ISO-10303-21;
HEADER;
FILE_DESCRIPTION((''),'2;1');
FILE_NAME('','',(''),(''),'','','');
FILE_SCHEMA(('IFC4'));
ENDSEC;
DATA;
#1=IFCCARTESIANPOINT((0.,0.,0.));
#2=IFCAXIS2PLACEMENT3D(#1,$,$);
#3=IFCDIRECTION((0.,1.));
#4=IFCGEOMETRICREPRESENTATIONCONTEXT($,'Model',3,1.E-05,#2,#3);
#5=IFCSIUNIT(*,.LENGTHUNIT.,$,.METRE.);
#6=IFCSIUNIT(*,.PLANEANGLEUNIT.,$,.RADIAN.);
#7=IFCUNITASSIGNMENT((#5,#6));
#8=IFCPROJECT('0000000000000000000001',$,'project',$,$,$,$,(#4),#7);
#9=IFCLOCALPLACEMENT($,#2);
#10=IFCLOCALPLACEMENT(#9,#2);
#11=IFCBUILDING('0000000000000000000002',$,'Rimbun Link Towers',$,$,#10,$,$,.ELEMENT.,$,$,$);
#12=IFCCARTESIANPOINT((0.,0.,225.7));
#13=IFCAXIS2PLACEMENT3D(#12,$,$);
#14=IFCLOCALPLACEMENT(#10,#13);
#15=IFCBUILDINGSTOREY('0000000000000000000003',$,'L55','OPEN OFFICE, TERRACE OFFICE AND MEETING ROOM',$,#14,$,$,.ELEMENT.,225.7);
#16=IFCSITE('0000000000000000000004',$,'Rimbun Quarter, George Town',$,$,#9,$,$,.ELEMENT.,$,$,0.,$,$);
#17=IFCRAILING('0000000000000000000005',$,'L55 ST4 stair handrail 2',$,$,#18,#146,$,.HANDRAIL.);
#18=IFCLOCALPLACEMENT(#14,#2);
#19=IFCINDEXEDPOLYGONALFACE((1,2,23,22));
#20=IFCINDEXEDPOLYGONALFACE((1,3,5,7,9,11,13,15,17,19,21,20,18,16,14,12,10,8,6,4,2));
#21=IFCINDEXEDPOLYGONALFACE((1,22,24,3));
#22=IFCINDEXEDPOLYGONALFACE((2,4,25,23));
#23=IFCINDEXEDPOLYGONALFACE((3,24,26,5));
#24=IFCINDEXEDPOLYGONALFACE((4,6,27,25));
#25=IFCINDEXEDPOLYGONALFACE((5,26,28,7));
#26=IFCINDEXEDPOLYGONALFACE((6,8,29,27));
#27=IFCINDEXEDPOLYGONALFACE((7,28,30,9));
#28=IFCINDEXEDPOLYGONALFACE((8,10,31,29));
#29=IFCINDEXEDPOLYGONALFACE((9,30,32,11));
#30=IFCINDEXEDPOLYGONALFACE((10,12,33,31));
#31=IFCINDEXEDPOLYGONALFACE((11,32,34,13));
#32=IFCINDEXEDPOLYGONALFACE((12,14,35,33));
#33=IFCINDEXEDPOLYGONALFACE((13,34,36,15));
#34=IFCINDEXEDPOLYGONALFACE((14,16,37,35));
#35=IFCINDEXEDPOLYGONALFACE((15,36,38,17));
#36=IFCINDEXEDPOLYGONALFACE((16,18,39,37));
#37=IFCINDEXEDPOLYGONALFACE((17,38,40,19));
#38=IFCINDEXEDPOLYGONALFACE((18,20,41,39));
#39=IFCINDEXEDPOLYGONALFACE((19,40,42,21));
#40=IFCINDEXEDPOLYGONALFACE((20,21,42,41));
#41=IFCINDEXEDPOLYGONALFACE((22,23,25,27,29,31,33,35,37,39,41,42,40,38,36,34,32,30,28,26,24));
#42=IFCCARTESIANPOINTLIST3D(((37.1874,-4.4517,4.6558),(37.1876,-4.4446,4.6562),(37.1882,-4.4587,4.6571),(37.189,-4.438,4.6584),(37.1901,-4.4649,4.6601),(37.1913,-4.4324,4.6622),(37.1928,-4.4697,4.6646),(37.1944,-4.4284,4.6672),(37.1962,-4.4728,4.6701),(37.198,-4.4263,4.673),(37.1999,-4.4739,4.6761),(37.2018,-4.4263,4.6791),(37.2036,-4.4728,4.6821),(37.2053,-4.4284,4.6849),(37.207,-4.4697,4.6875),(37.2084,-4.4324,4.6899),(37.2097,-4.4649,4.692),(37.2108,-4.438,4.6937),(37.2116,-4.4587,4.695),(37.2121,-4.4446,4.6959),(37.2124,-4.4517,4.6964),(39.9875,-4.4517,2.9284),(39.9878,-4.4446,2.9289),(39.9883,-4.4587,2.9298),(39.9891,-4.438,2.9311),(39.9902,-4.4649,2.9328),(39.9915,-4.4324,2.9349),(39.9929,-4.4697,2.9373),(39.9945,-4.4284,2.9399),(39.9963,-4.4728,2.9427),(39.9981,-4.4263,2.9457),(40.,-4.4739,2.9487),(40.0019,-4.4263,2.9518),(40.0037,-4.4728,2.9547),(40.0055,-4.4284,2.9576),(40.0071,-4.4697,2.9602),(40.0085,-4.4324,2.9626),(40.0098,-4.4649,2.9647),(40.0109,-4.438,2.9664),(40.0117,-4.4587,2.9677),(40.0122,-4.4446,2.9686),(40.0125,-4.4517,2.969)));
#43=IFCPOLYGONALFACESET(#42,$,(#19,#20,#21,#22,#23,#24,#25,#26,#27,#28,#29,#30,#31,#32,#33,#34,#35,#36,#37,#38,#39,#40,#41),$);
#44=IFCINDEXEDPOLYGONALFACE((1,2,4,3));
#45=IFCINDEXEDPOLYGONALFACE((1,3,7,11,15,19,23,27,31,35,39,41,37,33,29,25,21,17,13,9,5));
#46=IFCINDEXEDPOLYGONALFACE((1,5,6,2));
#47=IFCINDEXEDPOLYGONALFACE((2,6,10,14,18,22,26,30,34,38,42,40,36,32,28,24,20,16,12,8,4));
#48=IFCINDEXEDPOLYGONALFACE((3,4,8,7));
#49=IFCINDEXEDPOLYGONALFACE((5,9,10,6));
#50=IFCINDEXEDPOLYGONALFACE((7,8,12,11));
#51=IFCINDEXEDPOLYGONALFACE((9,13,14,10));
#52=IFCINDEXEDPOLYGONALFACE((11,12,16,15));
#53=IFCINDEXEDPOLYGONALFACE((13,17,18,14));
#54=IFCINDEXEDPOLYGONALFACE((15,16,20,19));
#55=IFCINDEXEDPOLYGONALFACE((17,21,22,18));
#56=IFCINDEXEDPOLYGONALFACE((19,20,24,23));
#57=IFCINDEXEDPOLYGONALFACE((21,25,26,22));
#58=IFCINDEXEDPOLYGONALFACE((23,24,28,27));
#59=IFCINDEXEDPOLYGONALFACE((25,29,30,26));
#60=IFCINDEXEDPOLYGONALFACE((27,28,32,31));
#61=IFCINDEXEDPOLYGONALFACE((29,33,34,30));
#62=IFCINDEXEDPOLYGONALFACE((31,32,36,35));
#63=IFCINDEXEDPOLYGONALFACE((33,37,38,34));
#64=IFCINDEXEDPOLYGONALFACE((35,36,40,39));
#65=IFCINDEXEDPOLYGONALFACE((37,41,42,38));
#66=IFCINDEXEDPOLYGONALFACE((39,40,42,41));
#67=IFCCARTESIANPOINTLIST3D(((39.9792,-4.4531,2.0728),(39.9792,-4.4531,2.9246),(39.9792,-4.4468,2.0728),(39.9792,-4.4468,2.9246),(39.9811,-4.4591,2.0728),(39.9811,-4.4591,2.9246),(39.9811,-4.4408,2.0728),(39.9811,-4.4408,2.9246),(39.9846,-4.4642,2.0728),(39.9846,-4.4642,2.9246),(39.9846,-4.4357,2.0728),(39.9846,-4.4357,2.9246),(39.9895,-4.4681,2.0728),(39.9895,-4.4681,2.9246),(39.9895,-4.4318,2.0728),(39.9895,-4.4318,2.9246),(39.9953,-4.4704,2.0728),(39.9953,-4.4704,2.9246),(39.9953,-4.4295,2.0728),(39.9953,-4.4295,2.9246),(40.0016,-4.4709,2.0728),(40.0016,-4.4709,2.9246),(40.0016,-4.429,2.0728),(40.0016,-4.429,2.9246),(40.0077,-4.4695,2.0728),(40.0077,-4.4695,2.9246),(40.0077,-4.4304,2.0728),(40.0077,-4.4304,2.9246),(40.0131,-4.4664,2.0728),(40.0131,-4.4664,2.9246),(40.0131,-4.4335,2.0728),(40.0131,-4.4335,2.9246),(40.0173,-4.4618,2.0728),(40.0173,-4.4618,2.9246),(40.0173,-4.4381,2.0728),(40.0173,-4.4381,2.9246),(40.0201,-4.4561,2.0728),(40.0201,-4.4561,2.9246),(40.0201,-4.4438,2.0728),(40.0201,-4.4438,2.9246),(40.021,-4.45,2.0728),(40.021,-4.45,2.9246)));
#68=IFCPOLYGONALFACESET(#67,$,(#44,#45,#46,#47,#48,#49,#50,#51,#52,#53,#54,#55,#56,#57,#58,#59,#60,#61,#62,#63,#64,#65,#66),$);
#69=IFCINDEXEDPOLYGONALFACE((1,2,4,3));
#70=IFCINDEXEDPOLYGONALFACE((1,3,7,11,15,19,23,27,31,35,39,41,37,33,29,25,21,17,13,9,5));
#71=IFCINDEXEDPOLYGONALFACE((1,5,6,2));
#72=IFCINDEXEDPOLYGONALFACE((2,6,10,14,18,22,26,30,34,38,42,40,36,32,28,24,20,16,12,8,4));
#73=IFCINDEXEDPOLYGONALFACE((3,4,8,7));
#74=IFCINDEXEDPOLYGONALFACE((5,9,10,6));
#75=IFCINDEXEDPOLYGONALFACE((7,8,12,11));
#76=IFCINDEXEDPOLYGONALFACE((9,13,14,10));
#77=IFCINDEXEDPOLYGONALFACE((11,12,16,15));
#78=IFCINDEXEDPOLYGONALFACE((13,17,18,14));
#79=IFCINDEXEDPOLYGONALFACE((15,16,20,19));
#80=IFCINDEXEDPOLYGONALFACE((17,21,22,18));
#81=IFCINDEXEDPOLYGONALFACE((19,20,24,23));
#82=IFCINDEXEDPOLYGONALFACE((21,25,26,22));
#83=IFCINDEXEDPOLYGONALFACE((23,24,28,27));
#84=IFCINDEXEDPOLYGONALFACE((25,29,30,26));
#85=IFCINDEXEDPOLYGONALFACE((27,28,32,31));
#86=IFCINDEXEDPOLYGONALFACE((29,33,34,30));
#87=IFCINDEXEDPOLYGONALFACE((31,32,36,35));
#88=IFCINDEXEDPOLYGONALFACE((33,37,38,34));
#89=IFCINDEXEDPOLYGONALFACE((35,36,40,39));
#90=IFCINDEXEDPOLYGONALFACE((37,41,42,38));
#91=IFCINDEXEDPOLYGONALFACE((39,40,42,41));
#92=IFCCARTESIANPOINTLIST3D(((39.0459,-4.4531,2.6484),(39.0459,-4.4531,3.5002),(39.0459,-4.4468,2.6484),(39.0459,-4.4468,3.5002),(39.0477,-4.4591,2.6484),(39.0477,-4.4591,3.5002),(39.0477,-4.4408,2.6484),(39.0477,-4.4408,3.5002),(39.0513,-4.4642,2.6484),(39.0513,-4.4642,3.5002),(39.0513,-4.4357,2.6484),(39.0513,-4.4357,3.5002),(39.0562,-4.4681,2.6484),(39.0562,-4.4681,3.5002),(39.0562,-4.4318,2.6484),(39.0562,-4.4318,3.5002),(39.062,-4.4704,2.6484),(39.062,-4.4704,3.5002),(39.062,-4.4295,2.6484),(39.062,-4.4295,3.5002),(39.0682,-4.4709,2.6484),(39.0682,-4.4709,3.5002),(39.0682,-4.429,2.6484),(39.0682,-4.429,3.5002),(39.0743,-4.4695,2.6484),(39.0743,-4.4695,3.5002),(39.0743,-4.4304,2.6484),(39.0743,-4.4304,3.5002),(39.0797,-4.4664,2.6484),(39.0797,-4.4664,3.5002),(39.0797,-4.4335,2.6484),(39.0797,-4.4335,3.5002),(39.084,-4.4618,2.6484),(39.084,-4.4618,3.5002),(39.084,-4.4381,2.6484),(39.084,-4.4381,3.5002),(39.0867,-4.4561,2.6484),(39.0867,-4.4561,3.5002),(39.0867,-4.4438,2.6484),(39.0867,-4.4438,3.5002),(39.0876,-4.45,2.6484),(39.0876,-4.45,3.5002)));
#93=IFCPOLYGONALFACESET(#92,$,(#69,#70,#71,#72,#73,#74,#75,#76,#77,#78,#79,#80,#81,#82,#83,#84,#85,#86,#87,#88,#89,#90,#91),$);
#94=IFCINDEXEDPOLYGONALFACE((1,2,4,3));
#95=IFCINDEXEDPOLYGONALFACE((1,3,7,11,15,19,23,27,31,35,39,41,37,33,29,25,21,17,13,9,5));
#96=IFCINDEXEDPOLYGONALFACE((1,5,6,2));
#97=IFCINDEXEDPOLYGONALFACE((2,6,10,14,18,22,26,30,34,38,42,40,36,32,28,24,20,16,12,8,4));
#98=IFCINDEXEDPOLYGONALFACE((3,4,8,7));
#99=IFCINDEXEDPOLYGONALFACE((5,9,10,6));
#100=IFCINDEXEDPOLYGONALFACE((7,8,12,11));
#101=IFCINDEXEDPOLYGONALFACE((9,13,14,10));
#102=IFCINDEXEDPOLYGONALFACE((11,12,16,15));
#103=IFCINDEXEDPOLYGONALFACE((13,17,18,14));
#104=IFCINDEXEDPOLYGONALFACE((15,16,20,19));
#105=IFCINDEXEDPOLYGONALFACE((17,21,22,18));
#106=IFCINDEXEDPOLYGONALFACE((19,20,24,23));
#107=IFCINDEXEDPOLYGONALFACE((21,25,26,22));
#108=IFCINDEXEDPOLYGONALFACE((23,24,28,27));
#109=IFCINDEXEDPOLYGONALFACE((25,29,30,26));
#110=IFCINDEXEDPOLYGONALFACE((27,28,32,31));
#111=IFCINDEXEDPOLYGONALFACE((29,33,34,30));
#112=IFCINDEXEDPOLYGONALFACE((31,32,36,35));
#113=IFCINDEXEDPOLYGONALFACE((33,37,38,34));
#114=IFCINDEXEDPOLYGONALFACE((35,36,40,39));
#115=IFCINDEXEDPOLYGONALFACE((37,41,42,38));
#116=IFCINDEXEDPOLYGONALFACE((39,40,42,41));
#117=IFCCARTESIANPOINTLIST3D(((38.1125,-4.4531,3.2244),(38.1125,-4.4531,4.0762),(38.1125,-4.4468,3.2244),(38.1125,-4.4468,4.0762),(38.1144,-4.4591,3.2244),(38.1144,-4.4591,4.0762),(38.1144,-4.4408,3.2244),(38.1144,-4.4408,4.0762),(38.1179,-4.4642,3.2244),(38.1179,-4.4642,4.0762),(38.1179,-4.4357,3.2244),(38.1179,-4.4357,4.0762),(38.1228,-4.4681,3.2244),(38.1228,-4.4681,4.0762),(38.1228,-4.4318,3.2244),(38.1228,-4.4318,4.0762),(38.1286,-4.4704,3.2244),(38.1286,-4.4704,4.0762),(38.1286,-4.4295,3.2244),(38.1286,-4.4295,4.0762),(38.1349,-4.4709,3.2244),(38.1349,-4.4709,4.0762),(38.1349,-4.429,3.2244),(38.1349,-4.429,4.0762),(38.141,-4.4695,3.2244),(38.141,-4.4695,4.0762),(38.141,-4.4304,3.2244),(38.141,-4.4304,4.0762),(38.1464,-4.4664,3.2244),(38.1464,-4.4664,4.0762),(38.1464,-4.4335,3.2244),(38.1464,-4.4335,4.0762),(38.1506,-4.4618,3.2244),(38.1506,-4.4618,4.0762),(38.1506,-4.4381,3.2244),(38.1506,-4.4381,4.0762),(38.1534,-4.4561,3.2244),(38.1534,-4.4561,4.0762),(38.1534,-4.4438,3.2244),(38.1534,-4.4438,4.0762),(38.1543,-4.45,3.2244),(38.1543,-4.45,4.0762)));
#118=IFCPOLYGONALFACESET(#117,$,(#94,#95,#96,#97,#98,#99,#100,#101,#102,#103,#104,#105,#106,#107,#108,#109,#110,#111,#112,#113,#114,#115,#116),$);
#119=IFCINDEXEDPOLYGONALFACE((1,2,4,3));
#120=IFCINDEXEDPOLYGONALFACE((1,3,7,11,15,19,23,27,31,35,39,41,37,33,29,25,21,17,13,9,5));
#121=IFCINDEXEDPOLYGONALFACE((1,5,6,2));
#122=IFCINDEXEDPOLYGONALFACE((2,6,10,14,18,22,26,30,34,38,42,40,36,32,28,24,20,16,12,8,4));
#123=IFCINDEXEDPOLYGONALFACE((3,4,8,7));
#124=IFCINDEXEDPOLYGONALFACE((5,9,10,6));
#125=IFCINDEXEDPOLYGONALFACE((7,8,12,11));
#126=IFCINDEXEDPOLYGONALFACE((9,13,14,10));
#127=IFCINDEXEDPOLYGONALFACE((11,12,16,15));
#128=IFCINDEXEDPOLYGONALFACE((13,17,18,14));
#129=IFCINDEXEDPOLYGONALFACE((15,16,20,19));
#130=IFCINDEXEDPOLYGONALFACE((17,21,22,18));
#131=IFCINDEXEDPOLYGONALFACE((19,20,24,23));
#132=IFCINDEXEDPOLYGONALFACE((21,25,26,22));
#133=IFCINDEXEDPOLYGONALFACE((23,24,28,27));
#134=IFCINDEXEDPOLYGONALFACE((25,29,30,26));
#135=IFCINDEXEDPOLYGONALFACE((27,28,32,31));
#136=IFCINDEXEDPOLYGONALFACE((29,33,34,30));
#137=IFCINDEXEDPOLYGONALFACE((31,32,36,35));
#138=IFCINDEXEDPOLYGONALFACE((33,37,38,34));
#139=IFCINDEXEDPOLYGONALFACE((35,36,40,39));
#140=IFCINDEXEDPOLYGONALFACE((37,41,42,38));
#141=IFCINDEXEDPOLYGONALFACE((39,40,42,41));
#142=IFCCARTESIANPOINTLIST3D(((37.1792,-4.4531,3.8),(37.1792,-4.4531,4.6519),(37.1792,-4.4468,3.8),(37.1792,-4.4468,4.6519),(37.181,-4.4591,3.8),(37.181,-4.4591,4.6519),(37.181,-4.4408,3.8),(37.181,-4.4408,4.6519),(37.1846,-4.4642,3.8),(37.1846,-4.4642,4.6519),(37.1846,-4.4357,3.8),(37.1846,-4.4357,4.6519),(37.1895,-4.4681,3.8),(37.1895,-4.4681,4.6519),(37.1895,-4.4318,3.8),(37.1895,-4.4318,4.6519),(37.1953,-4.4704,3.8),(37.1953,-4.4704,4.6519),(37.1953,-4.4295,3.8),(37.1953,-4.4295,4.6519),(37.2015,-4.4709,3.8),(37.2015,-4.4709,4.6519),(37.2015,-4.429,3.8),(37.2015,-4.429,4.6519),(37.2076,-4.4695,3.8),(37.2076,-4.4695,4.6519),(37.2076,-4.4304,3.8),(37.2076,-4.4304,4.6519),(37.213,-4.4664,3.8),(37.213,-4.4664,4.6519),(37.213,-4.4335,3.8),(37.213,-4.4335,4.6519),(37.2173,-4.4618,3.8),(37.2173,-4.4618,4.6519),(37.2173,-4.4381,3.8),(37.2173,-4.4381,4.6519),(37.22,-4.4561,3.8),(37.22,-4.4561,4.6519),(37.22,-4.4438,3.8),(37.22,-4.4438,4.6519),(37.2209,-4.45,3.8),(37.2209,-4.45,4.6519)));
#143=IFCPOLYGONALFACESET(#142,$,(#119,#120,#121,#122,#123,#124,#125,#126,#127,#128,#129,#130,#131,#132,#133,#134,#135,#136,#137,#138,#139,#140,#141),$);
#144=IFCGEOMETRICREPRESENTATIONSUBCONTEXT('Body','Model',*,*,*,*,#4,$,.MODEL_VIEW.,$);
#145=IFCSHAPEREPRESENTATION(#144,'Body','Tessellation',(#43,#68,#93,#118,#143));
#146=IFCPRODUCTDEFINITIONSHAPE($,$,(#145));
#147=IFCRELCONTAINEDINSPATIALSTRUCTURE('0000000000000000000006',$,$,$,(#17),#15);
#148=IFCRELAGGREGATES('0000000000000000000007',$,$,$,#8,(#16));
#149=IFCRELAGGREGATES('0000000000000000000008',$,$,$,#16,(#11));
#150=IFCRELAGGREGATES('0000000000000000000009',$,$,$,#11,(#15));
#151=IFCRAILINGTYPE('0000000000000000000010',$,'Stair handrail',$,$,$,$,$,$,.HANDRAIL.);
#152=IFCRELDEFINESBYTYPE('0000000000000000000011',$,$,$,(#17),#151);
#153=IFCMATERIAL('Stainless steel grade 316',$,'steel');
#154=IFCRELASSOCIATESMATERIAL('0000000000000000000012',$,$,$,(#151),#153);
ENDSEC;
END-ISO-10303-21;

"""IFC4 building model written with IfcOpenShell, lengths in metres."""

from ifc_helpers import new_model, si_unit, direction, frame, origin, origin_2d, place, context, subcontext, project, spatial, circle, extrude, material, type_object, element, save


model = new_model("IFC4")

# Units and contexts
model_context = context("Model", 3, precision=1e-05, world=origin(), true_north=direction((0.0, 1.0)))
body_context = subcontext(model_context, "Body", "Model", "MODEL_VIEW")
ifc_project = project(units=[si_unit("LENGTHUNIT", "METRE"), si_unit("PLANEANGLEUNIT", "RADIAN")], contexts=[model_context])

# Site, building, storey
site_placement = place(None, origin())
site = spatial("IfcSite", under=ifc_project, at=site_placement, Name="Rimbun Quarter, George Town", CompositionType="ELEMENT", RefElevation=0.0)
building_placement = place(site_placement, origin())
building = spatial("IfcBuilding", under=site, at=building_placement, Name="Rimbun Link Towers", CompositionType="ELEMENT")
storey_placement = place(building_placement, frame((0.0, 0.0, 225.7)))
storey = spatial("IfcBuildingStorey", under=building, at=storey_placement, Name="L55", Description="OPEN OFFICE, TERRACE OFFICE AND MEETING ROOM", CompositionType="ELEMENT", Elevation=225.7)

# Railing
ifc_material_1 = material(Name="Stainless steel grade 316", Category="steel")
railing_type_1 = type_object("IfcRailingType", Name="Stair handrail", PredefinedType="HANDRAIL", material=ifc_material_1)
railing_1_placement = place(storey_placement, frame((40.0, -4.45, 2.0728)))
element("IfcRailing", 1, at=railing_1_placement, inside=storey, type_object=railing_type_1, Name="L55 ST4 stair handrail 2", PredefinedType="HANDRAIL", context=body_context, shape_type="SweptSolid", body=[
    extrude(circle(Radius=0.0239, at=origin_2d()), frame((0.0, 0.0, 0.876), z_axis=(-0.85109, 0.0, 0.52502), x_axis=(0.0, -1.0, 0.0)), (0.0, 0.0, 1.0), 3.29),
    extrude(circle(Radius=0.021, at=origin_2d()), origin(), (0.0, 0.0, 1.0), 0.8518),
    extrude(circle(Radius=0.021, at=origin_2d()), frame((-0.9333, 0.0, 0.5757)), (0.0, 0.0, 1.0), 0.8518),
    extrude(circle(Radius=0.021, at=origin_2d()), frame((-1.8667, 0.0, 1.1516)), (0.0, 0.0, 1.0), 0.8518),
    extrude(circle(Radius=0.021, at=origin_2d()), frame((-2.8, 0.0, 1.7273)), (0.0, 0.0, 1.0), 0.8518),
])

save(model, "model.ifc")
